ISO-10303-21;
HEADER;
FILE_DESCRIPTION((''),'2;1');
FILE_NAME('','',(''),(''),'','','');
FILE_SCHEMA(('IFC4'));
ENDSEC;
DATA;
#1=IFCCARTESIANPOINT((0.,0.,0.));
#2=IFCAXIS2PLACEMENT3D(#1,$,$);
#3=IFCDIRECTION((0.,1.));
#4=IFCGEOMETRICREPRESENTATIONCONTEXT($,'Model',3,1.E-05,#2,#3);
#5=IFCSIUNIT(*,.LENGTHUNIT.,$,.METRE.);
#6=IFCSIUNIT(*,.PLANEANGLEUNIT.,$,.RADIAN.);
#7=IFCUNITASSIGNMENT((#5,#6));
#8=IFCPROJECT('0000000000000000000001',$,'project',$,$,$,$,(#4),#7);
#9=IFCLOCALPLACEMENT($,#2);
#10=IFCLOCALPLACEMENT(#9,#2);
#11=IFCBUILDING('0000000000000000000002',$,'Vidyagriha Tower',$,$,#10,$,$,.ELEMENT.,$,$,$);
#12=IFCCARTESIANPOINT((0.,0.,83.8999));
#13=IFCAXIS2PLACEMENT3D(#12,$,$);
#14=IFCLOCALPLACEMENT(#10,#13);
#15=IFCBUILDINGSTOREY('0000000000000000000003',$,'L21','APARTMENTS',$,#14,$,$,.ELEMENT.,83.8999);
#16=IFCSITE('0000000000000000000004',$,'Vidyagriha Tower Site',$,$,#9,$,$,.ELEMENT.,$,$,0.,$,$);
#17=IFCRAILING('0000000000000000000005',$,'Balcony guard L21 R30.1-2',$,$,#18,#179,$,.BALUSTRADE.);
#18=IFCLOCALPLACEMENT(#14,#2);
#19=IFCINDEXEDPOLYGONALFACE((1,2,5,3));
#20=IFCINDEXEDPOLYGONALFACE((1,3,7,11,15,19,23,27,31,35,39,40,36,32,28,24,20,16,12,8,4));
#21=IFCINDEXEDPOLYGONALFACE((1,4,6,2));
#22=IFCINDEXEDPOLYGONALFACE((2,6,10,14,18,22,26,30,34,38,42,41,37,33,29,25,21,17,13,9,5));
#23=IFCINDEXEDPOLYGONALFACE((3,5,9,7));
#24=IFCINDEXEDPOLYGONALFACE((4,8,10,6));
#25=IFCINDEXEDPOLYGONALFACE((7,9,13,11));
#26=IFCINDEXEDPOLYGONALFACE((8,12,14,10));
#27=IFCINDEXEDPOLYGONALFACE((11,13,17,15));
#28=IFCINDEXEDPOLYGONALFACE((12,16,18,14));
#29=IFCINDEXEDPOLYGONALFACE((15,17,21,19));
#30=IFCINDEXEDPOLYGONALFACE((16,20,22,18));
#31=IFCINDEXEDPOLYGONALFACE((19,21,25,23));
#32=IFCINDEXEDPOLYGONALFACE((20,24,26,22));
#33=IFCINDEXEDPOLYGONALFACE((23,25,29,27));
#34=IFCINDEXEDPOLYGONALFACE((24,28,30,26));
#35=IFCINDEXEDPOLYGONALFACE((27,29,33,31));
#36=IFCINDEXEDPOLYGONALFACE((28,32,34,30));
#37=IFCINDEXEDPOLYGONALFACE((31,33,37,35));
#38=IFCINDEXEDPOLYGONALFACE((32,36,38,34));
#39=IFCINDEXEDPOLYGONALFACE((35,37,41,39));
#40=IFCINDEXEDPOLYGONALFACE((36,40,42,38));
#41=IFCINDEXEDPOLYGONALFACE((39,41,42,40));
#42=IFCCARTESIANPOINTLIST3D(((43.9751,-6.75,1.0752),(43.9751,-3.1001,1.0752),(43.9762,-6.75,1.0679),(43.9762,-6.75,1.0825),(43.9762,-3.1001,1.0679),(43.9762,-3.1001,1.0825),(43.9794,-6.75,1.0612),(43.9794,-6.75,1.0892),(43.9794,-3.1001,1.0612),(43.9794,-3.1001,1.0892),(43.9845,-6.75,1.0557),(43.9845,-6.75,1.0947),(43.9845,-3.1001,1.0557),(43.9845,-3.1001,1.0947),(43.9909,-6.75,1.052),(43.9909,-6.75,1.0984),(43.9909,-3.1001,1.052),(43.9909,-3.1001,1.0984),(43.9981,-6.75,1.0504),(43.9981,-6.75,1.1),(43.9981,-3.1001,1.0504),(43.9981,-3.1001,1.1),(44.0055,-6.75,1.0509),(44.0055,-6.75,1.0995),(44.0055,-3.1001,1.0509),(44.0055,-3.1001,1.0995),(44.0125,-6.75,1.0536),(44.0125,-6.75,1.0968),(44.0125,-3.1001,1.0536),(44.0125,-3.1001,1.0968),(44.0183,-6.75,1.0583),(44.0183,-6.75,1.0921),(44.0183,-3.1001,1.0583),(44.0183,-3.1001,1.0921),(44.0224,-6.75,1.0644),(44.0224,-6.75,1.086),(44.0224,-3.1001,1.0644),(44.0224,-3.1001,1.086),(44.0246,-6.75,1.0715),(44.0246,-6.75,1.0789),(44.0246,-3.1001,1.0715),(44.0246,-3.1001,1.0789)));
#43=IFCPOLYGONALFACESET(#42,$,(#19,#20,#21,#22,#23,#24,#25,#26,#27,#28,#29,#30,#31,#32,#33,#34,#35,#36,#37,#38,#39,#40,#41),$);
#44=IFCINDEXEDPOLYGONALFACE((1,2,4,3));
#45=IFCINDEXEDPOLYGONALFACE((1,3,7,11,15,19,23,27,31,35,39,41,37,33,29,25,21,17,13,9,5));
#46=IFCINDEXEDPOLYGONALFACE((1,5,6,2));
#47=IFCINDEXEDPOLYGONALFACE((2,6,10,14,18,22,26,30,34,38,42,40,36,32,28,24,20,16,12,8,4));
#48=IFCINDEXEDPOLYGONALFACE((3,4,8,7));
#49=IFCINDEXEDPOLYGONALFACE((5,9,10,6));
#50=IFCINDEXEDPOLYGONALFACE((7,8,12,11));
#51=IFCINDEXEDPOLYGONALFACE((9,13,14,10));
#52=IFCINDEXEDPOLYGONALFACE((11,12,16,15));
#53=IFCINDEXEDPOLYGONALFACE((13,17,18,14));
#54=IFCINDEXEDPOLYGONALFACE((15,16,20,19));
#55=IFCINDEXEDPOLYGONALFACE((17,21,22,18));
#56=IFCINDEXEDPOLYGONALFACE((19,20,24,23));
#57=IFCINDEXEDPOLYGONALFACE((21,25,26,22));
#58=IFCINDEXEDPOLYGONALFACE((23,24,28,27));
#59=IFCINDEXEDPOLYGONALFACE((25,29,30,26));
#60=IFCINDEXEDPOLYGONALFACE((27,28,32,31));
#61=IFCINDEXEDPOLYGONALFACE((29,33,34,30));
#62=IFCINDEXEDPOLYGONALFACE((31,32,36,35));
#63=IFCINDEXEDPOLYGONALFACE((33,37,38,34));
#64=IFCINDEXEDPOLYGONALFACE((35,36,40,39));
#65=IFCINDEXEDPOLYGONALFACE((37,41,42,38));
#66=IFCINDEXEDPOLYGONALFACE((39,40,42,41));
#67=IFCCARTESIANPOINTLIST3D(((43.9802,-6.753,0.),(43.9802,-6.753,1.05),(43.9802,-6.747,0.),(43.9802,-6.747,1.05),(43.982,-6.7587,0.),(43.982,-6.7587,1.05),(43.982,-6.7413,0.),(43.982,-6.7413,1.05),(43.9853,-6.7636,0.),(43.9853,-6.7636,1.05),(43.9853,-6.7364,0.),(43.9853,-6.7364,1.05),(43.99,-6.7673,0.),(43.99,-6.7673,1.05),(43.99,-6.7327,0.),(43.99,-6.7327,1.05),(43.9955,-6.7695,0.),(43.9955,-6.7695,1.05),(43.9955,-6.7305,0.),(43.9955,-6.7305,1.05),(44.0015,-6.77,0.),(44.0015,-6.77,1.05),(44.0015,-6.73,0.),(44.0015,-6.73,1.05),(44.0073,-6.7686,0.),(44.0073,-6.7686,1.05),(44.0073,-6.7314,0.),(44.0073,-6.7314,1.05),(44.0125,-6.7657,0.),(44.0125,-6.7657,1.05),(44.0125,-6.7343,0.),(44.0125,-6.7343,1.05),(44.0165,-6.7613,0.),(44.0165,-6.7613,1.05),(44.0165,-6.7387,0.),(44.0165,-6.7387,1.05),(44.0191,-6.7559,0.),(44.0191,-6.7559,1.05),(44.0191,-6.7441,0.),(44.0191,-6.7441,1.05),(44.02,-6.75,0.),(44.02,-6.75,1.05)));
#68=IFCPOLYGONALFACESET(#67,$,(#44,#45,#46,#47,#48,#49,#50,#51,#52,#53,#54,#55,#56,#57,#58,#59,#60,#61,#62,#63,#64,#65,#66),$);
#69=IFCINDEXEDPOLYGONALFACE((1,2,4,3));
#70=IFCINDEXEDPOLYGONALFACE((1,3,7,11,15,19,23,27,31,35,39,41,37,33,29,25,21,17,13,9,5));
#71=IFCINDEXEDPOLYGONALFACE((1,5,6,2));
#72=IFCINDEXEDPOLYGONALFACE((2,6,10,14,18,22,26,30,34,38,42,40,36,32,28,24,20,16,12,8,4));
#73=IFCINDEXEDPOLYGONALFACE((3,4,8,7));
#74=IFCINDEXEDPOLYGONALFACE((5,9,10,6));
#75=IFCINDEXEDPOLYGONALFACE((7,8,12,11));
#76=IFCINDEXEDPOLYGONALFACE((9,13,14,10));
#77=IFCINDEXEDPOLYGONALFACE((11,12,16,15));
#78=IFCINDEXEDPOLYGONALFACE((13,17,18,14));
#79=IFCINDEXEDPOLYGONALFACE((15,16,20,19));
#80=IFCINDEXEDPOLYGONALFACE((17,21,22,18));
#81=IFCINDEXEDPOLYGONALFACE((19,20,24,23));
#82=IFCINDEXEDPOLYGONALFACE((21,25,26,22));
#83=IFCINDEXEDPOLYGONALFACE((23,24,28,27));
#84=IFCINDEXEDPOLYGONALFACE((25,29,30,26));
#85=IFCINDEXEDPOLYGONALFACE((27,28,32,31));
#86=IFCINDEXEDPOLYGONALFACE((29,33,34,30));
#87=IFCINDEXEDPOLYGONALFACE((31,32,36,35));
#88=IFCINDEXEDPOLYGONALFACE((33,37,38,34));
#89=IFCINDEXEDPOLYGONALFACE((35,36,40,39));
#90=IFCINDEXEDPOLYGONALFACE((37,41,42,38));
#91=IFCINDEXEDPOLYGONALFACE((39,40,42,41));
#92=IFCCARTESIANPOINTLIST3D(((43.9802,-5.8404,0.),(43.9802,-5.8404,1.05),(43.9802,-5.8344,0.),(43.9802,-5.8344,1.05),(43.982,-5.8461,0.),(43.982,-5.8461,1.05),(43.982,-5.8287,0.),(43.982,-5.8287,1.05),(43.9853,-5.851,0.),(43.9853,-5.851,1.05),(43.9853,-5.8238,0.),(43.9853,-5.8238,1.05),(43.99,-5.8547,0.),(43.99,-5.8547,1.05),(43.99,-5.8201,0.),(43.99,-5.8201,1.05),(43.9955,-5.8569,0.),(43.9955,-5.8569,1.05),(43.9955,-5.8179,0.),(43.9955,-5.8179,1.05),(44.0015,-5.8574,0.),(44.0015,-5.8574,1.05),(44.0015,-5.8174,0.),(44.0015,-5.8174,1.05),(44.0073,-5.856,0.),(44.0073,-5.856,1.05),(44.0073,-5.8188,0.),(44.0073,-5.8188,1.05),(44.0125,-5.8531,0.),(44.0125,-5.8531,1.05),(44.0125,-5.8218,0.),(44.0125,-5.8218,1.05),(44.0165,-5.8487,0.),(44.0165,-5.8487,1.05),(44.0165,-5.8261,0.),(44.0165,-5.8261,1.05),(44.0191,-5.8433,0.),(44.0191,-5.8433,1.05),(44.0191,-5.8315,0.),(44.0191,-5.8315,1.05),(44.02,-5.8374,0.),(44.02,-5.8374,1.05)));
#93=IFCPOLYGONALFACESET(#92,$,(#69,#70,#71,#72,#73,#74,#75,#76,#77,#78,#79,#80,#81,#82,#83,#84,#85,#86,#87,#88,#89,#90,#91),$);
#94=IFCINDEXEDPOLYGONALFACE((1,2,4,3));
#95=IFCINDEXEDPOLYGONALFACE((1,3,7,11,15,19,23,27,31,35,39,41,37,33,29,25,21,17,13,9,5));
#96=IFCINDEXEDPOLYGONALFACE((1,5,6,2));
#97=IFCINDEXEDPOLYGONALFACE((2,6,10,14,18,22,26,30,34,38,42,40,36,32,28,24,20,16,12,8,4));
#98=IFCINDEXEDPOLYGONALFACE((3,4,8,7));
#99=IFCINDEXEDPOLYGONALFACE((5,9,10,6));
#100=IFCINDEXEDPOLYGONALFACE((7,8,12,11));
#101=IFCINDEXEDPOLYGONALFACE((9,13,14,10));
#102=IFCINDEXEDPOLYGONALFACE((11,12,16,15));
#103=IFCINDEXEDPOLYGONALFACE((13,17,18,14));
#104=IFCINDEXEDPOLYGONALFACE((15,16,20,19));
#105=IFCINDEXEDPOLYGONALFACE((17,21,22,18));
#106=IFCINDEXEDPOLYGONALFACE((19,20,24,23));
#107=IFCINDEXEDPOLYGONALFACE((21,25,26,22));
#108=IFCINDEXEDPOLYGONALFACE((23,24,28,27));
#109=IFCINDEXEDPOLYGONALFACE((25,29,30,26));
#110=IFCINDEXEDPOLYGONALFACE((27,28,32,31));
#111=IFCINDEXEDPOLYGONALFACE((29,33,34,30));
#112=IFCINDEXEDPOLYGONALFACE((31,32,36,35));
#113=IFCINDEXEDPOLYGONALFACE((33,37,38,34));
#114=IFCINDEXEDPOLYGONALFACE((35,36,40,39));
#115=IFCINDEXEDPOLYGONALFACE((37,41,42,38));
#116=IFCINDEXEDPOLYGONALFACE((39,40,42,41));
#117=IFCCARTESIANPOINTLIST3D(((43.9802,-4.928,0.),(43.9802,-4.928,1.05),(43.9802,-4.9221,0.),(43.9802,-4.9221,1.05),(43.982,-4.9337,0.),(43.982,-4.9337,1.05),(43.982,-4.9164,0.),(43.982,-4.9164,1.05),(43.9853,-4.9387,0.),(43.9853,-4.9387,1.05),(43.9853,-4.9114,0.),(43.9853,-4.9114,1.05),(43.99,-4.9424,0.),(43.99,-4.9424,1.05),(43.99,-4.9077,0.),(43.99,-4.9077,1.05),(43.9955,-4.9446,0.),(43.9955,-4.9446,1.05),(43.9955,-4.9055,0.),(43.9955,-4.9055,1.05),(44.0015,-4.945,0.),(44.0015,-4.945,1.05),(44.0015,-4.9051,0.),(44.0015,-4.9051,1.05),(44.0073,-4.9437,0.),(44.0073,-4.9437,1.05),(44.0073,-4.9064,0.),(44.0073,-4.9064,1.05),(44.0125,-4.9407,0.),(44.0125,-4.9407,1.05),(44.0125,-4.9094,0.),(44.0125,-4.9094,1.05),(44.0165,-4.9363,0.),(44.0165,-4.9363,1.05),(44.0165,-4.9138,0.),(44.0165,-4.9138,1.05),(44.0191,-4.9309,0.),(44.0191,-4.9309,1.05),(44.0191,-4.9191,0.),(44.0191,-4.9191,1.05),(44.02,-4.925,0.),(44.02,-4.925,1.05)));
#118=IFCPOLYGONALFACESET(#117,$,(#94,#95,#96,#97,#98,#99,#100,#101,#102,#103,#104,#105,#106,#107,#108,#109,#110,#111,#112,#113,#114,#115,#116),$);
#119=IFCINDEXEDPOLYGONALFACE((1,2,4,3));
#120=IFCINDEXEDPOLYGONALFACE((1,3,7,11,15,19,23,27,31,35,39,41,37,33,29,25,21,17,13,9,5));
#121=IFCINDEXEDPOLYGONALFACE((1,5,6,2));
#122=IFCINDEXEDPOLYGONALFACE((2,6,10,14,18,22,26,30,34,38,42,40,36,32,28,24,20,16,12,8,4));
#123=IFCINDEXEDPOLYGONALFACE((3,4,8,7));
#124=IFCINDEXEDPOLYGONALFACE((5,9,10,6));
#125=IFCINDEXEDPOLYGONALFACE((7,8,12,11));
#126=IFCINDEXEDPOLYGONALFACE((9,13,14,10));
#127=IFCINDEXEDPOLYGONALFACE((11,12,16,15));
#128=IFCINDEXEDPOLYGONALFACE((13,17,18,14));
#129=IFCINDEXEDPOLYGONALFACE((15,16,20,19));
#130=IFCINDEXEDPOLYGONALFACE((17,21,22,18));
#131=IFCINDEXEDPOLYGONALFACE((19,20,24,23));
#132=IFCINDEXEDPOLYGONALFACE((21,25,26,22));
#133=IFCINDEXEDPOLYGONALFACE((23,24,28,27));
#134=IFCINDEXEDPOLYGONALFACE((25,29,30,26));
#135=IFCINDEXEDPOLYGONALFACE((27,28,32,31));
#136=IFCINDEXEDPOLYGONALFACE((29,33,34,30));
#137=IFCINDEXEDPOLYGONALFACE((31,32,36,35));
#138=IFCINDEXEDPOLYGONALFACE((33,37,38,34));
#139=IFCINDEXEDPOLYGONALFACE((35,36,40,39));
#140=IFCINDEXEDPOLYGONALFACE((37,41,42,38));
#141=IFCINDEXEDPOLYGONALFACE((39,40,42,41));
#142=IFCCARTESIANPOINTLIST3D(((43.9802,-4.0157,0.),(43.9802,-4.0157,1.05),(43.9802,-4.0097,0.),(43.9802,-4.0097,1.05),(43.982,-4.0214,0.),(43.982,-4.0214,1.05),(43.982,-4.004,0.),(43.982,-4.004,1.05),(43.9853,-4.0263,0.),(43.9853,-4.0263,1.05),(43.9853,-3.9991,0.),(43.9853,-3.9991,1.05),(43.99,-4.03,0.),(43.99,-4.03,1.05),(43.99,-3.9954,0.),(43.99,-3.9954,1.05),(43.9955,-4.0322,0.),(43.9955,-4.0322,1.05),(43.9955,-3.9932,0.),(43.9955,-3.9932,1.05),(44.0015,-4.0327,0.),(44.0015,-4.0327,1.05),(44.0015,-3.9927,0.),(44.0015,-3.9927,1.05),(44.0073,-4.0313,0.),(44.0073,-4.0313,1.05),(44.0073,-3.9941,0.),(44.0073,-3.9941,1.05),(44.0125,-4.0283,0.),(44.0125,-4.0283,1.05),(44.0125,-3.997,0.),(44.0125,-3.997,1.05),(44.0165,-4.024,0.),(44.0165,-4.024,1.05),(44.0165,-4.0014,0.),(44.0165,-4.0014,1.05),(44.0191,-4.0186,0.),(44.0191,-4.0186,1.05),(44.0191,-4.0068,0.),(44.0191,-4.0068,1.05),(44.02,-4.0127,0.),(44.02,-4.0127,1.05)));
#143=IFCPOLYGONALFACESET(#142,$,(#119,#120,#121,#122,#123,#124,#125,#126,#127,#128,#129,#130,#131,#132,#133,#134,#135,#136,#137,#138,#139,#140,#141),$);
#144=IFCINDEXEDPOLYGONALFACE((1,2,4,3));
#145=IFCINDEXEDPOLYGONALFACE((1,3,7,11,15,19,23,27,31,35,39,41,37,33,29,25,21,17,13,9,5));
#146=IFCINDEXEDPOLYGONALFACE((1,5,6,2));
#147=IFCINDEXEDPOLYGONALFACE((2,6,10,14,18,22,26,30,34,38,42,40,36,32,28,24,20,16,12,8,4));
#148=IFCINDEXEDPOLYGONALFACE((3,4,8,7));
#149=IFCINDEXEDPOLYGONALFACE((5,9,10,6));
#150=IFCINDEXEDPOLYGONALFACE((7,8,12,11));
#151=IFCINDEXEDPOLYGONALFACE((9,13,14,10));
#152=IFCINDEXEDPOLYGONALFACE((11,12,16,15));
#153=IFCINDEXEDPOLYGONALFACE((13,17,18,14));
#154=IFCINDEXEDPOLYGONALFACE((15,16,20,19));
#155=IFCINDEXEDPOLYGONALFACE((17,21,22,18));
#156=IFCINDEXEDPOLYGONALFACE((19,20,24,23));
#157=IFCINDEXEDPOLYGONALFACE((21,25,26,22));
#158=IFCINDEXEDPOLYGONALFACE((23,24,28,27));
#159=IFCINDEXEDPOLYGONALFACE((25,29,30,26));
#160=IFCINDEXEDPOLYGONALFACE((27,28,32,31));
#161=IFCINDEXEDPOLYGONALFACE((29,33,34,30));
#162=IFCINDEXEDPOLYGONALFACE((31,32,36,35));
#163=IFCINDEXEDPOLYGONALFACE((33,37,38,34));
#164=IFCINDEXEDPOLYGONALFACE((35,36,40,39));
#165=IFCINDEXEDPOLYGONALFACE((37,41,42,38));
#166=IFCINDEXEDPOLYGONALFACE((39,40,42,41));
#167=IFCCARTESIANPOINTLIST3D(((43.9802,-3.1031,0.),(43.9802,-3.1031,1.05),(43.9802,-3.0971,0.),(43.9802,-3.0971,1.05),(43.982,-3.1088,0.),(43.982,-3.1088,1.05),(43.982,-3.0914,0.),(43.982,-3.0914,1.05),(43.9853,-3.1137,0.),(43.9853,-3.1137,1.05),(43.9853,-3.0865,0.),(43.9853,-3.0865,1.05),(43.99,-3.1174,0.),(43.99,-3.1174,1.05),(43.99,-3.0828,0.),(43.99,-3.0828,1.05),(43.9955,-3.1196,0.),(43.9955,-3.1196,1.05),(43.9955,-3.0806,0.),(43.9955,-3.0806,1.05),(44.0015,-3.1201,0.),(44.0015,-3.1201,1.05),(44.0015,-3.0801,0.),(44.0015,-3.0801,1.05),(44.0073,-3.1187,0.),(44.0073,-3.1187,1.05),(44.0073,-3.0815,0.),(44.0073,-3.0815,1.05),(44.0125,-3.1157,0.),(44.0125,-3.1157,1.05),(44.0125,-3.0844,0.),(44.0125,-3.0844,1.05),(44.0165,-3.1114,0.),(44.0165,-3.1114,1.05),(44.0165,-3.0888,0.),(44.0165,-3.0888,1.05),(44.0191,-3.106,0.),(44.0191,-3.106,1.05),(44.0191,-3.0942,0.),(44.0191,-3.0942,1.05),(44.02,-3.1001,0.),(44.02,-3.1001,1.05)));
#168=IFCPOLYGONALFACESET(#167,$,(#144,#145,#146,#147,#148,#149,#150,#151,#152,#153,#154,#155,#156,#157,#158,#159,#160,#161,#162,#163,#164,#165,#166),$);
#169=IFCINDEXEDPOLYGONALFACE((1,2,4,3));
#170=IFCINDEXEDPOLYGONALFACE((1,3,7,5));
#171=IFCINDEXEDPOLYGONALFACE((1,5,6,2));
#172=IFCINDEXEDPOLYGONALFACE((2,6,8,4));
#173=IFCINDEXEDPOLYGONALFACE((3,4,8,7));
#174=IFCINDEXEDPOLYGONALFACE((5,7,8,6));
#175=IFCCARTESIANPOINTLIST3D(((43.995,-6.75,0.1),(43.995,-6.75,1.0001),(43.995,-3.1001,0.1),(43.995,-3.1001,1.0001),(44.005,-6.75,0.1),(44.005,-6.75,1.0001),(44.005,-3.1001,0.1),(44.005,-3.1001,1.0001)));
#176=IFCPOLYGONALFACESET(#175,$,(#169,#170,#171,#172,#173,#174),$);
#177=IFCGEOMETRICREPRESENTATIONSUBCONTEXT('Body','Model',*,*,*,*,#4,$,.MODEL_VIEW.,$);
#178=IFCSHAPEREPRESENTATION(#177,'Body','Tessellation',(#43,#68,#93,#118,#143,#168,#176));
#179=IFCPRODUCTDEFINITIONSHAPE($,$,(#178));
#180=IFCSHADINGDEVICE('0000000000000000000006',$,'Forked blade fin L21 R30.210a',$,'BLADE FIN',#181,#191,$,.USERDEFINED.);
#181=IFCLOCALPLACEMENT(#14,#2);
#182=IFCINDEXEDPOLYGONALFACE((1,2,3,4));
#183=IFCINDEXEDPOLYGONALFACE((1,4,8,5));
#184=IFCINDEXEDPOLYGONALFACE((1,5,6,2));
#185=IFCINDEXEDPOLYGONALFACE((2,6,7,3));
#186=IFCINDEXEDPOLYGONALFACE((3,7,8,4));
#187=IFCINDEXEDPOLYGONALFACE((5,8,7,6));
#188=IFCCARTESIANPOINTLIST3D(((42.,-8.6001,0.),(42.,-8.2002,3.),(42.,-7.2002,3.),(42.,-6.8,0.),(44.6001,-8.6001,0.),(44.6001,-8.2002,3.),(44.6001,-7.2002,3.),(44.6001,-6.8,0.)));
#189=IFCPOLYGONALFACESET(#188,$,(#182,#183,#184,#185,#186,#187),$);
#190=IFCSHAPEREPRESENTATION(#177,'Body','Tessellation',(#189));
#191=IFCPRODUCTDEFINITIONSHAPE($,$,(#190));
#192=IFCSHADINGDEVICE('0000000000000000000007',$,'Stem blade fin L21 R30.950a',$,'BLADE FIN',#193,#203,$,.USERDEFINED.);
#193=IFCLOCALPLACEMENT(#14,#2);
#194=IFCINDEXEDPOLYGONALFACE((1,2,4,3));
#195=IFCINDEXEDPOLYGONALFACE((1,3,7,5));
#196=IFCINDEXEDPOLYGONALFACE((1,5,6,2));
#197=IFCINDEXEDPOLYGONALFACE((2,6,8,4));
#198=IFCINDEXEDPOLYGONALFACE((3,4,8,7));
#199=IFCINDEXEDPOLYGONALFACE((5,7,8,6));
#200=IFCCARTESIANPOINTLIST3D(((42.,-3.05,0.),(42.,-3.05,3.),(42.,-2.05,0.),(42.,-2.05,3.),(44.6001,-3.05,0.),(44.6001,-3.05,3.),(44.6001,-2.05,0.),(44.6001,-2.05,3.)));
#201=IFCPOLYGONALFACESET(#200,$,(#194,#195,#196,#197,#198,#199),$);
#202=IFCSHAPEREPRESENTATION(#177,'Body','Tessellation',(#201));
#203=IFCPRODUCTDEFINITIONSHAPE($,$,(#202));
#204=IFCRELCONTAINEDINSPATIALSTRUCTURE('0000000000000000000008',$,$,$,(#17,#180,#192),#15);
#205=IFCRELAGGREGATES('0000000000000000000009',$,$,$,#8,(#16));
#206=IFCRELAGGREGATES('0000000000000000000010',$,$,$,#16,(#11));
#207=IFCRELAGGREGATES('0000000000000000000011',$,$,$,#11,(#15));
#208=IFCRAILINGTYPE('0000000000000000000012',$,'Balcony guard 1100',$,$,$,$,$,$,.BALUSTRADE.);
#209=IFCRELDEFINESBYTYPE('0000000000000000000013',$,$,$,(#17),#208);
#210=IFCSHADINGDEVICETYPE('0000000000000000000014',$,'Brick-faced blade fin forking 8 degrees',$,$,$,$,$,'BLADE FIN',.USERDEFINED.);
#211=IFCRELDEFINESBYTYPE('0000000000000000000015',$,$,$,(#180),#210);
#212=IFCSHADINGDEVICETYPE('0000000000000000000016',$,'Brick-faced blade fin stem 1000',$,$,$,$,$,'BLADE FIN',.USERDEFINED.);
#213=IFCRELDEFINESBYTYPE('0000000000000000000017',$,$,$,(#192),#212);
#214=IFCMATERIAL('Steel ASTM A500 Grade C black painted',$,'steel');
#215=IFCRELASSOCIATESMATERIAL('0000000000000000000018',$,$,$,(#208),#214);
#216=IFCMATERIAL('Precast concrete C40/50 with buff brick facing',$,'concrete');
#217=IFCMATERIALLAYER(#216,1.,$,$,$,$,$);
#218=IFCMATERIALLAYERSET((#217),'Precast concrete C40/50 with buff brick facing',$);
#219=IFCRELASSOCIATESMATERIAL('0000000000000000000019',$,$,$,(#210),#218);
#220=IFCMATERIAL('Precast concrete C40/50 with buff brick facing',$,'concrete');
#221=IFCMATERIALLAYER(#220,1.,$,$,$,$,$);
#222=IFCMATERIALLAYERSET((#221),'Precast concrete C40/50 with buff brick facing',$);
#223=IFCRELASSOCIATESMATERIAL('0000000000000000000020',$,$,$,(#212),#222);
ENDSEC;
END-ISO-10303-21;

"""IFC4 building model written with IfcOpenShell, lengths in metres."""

from ifc_helpers import new_model, si_unit, direction, frame, origin, origin_2d, place, context, subcontext, project, spatial, polyline, rectangle, circle, outline, extrude, material, layer, layer_set, type_object, element, save


model = new_model("IFC4")

# Units and contexts
model_context = context("Model", 3, precision=1e-05, world=origin(), true_north=direction((0.0, 1.0)))
body_context = subcontext(model_context, "Body", "Model", "MODEL_VIEW")
ifc_project = project(units=[si_unit("LENGTHUNIT", "METRE"), si_unit("PLANEANGLEUNIT", "RADIAN")], contexts=[model_context])

# Site, building, storey
site_placement = place(None, origin())
site = spatial("IfcSite", under=ifc_project, at=site_placement, Name="Vidyagriha Tower Site", CompositionType="ELEMENT", RefElevation=0.0)
building_placement = place(site_placement, origin())
building = spatial("IfcBuilding", under=site, at=building_placement, Name="Vidyagriha Tower", CompositionType="ELEMENT")
storey_placement = place(building_placement, frame((0.0, 0.0, 83.8999)))
storey = spatial("IfcBuildingStorey", under=building, at=storey_placement, Name="L21", Description="APARTMENTS", CompositionType="ELEMENT", Elevation=83.8999)

# Railing
ifc_material_1 = material(Name="Steel ASTM A500 Grade C black painted", Category="steel")
railing_type_1 = type_object("IfcRailingType", Name="Balcony guard 1100", PredefinedType="BALUSTRADE", material=ifc_material_1)
railing_1_placement = place(storey_placement, frame((44.0, -6.75, 0.0)))
element("IfcRailing", 1, at=railing_1_placement, inside=storey, type_object=railing_type_1, Name="Balcony guard L21 R30.1-2", PredefinedType="BALUSTRADE", context=body_context, shape_type="SweptSolid", body=[
    extrude(circle(Radius=0.0249, at=origin_2d()), frame((0.0, 0.0, 1.0752), z_axis=(0.0, 1.0, 0.0), x_axis=(-1.0, 0.0, 0.0)), (0.0, 0.0, 1.0), 3.6499),
    extrude(circle(Radius=0.02, at=origin_2d()), origin(), (0.0, 0.0, 1.0), 1.05),
    extrude(circle(Radius=0.02, at=origin_2d()), frame((0.0, 0.9126, 0.0)), (0.0, 0.0, 1.0), 1.05),
    extrude(circle(Radius=0.02, at=origin_2d()), frame((0.0, 1.825, 0.0)), (0.0, 0.0, 1.0), 1.05),
    extrude(circle(Radius=0.02, at=origin_2d()), frame((0.0, 2.7373, 0.0)), (0.0, 0.0, 1.0), 1.05),
    extrude(circle(Radius=0.02, at=origin_2d()), frame((0.0, 3.6499, 0.0)), (0.0, 0.0, 1.0), 1.05),
    extrude(rectangle(XDim=0.01, YDim=0.9001, at=origin_2d()), frame((0.0, 0.0, 0.55), z_axis=(0.0, 1.0, 0.0), x_axis=(-1.0, 0.0, 0.0)), (0.0, 0.0, 1.0), 3.6499),
])

# Shading devices
ifc_material_2 = material(Name="Precast concrete C40/50 with buff brick facing", Category="concrete")
ifc_layer_1 = layer(ifc_material_2, 1.0)
ifc_layer_set_1 = layer_set([ifc_layer_1], Name="Precast concrete C40/50 with buff brick facing")
shading_device_type_1 = type_object("IfcShadingDeviceType", Name="Brick-faced blade fin forking 8 degrees", ElementType="BLADE FIN", PredefinedType="USERDEFINED", material=ifc_layer_set_1)
shading_device_1_placement = place(storey_placement, frame((43.3, -8.6001, 0.0), z_axis=(0.0, 0.0, 1.0), x_axis=(0.0, 1.0, 0.0)))
element("IfcShadingDevice", 2, at=shading_device_1_placement, inside=storey, type_object=shading_device_type_1, Name="Forked blade fin L21 R30.210a", ObjectType="BLADE FIN", PredefinedType="USERDEFINED", context=body_context, shape_type="SweptSolid", body=[
    extrude(outline(polyline([(0.0, 0.0), (1.8, 0.0), (1.3999, 3.0), (0.3999, 3.0), (0.0, 0.0)])), frame((0.0, 1.3, 0.0), z_axis=(0.0, -1.0, 0.0), x_axis=(1.0, 0.0, 0.0)), (0.0, 0.0, 1.0), 2.6001),
])
ifc_material_3 = material(Name="Precast concrete C40/50 with buff brick facing", Category="concrete")
ifc_layer_2 = layer(ifc_material_3, 1.0)
ifc_layer_set_2 = layer_set([ifc_layer_2], Name="Precast concrete C40/50 with buff brick facing")
shading_device_type_2 = type_object("IfcShadingDeviceType", Name="Brick-faced blade fin stem 1000", ElementType="BLADE FIN", PredefinedType="USERDEFINED", material=ifc_layer_set_2)
shading_device_2_placement = place(storey_placement, frame((43.3, -3.05, 0.0), z_axis=(0.0, 0.0, 1.0), x_axis=(0.0, 1.0, 0.0)))
element("IfcShadingDevice", 3, at=shading_device_2_placement, inside=storey, type_object=shading_device_type_2, Name="Stem blade fin L21 R30.950a", ObjectType="BLADE FIN", PredefinedType="USERDEFINED", context=body_context, shape_type="SweptSolid", body=[
    extrude(outline(polyline([(0.0, 0.0), (1.0, 0.0), (1.0, 3.0), (0.0, 3.0), (0.0, 0.0)])), frame((0.0, 1.3, 0.0), z_axis=(0.0, -1.0, 0.0), x_axis=(1.0, 0.0, 0.0)), (0.0, 0.0, 1.0), 2.6001),
])

save(model, "model.ifc")
